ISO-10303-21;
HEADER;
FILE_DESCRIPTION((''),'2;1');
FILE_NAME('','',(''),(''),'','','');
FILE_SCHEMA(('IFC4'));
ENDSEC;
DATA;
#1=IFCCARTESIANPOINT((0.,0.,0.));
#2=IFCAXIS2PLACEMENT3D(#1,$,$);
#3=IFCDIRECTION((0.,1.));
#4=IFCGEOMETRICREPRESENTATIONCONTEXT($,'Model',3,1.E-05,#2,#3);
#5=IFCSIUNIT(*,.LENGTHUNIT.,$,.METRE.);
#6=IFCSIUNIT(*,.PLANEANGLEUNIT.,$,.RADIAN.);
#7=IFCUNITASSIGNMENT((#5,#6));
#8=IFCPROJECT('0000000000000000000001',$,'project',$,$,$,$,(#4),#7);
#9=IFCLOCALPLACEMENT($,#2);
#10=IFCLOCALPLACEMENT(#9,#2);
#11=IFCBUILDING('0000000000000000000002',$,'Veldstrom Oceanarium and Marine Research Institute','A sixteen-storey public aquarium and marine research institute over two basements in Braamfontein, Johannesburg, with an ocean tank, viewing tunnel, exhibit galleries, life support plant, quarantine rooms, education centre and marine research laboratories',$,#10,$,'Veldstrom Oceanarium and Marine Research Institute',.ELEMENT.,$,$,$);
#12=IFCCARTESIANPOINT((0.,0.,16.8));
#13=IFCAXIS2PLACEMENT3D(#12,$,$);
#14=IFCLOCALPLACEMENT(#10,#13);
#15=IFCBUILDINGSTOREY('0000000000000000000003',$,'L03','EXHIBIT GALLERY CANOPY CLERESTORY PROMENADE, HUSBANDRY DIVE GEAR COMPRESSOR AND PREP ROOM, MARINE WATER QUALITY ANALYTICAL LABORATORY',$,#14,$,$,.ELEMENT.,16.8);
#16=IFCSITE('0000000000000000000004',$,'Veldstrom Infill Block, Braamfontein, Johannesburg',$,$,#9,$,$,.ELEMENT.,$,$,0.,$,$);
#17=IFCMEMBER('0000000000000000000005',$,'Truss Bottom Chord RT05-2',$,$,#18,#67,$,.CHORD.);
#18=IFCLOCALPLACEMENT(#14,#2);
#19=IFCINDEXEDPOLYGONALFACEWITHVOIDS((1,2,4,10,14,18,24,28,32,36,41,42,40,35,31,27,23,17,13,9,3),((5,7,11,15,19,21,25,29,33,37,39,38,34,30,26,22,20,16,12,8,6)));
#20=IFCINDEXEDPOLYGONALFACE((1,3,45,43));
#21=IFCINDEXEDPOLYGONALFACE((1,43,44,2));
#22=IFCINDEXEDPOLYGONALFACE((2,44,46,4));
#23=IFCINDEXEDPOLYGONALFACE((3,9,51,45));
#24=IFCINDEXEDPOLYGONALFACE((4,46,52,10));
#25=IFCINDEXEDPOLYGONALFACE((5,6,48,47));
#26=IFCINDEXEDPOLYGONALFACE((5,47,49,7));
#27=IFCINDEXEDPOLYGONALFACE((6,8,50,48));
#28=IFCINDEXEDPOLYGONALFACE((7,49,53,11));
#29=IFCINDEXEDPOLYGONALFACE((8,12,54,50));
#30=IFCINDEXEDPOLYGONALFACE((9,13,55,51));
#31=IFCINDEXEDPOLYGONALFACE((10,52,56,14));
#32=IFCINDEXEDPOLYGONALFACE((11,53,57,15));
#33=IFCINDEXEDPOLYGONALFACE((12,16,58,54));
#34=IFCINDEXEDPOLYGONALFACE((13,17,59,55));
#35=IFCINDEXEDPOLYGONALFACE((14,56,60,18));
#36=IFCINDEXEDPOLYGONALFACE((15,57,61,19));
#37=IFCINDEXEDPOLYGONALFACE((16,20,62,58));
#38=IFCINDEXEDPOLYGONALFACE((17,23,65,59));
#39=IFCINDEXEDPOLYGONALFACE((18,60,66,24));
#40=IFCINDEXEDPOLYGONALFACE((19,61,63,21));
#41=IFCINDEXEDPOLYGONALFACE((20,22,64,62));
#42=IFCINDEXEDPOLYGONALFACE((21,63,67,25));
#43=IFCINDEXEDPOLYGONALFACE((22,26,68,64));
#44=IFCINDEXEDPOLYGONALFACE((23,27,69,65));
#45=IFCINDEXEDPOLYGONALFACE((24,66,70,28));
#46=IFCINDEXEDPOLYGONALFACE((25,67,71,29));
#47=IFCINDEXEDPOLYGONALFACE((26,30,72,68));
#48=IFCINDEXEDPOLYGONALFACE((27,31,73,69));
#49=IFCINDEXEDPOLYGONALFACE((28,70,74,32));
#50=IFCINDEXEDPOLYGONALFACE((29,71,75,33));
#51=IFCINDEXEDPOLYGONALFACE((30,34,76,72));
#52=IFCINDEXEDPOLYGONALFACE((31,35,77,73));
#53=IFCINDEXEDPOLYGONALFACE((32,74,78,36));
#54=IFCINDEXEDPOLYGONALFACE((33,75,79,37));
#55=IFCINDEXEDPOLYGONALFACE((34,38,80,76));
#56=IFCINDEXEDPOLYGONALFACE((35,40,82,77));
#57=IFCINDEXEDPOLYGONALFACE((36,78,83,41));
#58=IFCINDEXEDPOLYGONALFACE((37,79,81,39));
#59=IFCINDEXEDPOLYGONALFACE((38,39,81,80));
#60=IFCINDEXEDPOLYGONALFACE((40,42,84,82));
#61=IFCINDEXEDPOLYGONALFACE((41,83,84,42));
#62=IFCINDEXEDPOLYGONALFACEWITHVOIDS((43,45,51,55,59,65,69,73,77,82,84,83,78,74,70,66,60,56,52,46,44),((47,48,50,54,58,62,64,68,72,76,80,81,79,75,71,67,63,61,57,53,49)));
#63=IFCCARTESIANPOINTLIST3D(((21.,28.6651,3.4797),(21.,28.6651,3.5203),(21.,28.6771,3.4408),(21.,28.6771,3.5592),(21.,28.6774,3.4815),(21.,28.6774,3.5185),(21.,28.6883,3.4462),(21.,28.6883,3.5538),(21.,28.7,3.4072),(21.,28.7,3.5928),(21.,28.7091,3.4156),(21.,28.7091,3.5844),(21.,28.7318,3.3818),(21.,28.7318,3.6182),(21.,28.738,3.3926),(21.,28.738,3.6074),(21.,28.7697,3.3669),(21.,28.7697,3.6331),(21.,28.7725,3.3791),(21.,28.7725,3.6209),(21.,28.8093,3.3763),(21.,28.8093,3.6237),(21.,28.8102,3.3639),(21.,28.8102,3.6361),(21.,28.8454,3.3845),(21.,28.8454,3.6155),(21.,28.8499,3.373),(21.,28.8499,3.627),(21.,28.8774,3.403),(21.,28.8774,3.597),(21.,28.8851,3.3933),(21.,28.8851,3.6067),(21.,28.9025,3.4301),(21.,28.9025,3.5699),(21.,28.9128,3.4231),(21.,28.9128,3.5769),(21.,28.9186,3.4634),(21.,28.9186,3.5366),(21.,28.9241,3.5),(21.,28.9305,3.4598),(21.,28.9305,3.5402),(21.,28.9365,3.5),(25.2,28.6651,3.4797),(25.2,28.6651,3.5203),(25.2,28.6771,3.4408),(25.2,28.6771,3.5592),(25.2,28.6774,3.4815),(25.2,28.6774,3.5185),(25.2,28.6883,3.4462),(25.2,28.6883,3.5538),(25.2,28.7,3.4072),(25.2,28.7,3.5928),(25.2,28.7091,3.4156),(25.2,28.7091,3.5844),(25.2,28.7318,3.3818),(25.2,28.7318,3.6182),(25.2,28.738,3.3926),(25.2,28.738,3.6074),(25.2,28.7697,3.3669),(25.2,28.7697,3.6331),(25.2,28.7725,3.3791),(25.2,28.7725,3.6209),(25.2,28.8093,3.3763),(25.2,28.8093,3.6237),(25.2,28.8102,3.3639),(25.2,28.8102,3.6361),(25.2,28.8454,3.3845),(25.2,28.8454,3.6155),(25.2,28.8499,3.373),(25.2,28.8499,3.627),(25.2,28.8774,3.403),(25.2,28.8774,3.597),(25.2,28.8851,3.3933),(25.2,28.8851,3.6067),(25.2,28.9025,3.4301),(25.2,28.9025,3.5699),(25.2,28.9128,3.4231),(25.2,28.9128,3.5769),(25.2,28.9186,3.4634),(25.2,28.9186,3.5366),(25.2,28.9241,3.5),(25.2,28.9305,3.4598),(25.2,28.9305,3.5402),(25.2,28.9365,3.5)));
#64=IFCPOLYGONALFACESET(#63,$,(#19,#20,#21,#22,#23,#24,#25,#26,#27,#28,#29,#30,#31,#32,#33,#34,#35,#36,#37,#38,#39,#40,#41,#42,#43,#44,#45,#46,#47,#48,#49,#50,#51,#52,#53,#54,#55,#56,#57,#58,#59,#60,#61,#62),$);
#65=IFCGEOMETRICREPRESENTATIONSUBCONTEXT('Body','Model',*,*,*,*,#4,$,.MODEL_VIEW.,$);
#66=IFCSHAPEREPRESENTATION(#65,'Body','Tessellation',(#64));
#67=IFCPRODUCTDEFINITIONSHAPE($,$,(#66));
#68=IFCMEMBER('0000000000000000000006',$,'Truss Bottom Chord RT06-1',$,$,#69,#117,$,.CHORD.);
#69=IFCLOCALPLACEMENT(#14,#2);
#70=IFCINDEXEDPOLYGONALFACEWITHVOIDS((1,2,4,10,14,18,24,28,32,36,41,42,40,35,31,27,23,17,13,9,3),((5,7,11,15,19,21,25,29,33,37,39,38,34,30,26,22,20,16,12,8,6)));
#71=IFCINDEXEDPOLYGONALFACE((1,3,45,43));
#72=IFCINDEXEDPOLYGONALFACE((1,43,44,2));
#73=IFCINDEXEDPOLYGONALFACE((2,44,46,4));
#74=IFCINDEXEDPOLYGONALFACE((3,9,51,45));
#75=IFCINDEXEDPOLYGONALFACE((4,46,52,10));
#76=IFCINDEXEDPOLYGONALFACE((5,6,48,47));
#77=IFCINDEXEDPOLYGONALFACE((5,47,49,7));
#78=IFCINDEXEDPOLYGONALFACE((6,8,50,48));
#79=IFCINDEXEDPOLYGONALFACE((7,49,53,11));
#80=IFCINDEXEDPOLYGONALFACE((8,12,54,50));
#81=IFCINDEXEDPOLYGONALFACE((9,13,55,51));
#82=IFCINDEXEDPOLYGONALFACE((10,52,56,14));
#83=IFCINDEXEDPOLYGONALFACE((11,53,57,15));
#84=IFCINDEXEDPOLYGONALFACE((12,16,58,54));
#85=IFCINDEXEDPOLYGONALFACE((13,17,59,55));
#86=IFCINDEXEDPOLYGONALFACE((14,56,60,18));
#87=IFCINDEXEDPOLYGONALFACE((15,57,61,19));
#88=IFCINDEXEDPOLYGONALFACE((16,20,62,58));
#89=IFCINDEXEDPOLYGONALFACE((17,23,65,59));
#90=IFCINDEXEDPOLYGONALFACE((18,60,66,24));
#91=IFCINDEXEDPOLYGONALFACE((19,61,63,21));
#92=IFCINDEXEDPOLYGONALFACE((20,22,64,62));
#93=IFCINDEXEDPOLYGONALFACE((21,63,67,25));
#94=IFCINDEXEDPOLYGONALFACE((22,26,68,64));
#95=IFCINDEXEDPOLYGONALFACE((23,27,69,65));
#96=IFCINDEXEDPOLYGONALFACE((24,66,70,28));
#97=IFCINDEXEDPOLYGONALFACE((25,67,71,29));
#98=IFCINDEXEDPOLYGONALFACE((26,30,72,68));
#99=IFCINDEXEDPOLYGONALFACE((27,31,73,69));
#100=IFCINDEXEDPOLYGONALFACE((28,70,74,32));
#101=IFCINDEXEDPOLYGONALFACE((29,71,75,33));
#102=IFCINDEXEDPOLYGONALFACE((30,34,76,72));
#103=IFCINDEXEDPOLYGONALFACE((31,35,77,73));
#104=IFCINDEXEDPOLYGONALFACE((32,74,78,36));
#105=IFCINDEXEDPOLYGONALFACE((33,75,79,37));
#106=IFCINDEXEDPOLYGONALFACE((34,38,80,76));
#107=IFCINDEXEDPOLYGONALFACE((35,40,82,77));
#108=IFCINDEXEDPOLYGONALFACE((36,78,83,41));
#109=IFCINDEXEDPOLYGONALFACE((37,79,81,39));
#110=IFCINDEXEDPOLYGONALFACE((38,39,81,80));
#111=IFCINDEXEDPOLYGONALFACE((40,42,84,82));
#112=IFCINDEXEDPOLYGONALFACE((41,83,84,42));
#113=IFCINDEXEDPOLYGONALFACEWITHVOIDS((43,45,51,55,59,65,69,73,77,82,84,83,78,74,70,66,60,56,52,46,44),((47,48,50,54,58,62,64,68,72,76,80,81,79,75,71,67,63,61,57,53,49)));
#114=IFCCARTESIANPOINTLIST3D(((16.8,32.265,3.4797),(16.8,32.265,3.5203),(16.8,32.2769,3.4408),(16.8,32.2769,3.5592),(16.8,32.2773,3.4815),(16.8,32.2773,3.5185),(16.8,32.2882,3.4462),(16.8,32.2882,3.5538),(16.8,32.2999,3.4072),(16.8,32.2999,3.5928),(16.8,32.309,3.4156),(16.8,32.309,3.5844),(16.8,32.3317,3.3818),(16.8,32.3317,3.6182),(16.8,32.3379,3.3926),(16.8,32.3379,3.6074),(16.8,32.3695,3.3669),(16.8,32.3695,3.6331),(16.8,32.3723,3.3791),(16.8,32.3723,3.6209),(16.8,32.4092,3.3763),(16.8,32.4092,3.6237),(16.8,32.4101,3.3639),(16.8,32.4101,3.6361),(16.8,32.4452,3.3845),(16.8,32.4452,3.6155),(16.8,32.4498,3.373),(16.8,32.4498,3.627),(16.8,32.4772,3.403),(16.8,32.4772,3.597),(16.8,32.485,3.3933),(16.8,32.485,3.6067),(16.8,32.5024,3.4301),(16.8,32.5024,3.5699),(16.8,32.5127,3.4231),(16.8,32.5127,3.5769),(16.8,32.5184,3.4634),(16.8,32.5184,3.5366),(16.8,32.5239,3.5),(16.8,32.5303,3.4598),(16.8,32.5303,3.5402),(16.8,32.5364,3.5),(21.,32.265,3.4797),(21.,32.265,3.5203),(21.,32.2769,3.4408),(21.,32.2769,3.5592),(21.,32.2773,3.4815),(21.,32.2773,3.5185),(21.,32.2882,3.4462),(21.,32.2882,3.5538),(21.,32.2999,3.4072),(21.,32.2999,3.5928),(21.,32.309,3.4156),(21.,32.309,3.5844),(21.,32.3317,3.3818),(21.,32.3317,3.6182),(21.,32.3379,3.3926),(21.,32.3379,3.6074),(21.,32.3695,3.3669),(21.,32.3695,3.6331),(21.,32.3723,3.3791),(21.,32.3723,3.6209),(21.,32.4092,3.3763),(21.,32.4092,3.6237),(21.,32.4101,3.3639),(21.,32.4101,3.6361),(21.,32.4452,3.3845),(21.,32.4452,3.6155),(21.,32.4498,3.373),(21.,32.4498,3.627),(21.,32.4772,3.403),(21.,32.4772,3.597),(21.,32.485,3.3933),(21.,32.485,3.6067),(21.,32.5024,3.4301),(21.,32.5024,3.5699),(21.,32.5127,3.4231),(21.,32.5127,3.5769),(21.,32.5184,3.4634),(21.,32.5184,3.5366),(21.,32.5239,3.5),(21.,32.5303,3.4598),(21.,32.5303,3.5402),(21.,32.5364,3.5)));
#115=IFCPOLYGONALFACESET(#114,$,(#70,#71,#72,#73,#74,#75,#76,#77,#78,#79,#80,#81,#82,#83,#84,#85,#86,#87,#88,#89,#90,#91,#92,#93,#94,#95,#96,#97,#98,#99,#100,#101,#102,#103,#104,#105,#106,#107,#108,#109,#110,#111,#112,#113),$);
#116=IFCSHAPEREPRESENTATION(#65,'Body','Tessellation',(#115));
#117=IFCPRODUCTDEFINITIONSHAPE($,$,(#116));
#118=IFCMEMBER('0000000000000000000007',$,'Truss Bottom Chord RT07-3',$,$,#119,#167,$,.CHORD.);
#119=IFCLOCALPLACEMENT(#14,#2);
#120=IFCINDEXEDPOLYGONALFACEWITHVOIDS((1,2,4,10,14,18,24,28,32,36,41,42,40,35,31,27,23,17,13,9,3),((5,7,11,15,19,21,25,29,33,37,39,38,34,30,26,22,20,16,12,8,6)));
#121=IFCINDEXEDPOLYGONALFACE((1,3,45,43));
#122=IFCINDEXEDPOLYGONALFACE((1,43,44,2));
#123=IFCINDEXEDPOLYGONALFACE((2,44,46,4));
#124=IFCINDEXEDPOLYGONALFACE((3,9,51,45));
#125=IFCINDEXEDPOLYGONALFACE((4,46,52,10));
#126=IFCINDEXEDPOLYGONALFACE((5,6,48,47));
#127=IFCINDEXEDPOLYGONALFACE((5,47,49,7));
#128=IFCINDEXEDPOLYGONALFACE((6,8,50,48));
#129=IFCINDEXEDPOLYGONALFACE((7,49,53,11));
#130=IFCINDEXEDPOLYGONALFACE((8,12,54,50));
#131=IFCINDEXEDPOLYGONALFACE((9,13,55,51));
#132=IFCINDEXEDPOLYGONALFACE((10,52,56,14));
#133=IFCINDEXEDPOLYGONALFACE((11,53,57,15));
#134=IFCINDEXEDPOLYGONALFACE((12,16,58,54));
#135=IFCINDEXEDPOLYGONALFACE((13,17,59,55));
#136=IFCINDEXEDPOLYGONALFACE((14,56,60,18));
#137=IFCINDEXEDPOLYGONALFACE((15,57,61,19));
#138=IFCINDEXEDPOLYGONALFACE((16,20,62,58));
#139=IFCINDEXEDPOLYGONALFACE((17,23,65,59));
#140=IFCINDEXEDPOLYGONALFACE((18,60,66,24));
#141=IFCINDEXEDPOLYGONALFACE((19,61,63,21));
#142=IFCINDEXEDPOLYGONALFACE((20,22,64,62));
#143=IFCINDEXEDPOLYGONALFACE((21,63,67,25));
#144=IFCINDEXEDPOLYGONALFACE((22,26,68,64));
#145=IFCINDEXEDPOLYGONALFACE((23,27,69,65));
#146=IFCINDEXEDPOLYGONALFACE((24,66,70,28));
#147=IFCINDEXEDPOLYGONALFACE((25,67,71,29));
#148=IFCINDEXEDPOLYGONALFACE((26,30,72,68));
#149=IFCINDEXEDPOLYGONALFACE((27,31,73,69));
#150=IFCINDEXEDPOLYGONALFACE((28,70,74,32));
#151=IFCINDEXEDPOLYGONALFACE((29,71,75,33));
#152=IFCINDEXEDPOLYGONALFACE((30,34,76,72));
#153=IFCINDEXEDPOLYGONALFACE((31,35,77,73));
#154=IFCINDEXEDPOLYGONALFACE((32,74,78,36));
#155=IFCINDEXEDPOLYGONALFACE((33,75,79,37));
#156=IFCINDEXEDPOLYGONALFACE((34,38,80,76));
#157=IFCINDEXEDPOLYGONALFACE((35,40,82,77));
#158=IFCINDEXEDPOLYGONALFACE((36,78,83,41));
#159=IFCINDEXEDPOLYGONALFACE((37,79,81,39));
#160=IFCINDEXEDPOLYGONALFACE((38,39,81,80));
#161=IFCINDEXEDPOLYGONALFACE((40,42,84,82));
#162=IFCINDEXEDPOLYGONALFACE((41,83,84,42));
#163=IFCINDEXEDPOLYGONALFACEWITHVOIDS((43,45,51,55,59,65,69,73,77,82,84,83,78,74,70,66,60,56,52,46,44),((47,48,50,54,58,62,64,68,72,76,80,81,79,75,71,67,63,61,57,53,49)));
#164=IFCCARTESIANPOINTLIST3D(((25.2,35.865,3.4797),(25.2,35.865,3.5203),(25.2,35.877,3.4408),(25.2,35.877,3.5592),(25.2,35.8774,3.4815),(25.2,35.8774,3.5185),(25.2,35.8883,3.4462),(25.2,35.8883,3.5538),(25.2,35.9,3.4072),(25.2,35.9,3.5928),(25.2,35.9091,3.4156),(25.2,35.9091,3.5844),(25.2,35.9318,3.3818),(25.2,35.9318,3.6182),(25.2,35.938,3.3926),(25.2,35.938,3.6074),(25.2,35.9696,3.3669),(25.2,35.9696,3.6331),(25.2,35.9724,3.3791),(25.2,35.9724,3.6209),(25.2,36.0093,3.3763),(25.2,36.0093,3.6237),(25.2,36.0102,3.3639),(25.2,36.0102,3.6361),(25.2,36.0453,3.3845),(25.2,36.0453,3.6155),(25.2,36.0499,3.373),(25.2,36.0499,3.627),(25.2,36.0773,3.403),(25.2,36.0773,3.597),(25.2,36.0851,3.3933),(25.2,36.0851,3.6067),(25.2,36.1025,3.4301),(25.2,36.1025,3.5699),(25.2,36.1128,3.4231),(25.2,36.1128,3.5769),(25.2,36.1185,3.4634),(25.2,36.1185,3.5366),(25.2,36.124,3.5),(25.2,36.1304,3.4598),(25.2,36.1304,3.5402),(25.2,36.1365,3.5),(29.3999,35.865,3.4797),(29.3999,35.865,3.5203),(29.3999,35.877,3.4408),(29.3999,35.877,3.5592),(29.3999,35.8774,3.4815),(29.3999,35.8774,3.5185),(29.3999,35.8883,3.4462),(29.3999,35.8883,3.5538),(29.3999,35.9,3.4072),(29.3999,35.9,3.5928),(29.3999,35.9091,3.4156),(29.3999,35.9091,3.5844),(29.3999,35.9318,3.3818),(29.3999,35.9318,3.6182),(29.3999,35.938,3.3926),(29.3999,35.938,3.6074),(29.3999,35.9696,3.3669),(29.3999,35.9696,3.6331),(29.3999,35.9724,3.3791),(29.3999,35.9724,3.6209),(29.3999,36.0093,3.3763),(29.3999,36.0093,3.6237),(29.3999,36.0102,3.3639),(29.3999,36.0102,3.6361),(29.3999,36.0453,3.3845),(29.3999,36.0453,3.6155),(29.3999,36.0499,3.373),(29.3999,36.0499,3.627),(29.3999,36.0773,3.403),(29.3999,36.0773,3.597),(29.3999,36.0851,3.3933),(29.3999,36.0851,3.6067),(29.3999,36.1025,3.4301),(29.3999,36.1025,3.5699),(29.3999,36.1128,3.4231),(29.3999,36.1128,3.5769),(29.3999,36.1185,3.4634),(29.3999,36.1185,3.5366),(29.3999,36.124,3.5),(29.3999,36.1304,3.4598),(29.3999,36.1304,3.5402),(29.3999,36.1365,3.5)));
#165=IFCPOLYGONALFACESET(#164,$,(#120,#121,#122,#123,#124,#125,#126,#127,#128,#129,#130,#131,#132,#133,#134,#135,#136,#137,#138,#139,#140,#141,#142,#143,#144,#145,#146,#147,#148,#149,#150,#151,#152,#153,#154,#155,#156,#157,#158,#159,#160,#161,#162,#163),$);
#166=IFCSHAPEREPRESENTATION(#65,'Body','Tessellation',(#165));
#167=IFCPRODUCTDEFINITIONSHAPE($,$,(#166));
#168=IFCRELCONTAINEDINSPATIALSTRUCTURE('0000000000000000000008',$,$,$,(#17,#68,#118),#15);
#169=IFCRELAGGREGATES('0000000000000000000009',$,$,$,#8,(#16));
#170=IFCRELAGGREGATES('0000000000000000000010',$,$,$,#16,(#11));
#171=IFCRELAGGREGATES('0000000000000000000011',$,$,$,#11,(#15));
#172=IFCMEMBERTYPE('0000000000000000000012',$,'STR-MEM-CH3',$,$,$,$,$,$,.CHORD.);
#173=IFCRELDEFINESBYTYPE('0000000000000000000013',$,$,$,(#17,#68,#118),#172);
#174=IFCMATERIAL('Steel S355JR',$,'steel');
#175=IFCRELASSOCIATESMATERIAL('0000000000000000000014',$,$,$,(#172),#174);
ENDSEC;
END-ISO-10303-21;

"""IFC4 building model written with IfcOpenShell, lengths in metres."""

from ifc_helpers import new_model, si_unit, direction, frame, origin, origin_2d, place, context, subcontext, project, spatial, hollow_circle, extrude, material, material_profile, profile_set, type_object, element, save


model = new_model("IFC4")

# Units and contexts
model_context = context("Model", 3, precision=1e-05, world=origin(), true_north=direction((0.0, 1.0)))
body_context = subcontext(model_context, "Body", "Model", "MODEL_VIEW")
ifc_project = project(units=[si_unit("LENGTHUNIT", "METRE"), si_unit("PLANEANGLEUNIT", "RADIAN")], contexts=[model_context])

# Site, building, storey
site_placement = place(None, origin())
site = spatial("IfcSite", under=ifc_project, at=site_placement, Name="Veldstrom Infill Block, Braamfontein, Johannesburg", CompositionType="ELEMENT", RefElevation=0.0)
building_placement = place(site_placement, origin())
building = spatial("IfcBuilding", under=site, at=building_placement, Name="Veldstrom Oceanarium and Marine Research Institute", Description="A sixteen-storey public aquarium and marine research institute over two basements in Braamfontein, Johannesburg, with an ocean tank, viewing tunnel, exhibit galleries, life support plant, quarantine rooms, education centre and marine research laboratories", LongName="Veldstrom Oceanarium and Marine Research Institute", CompositionType="ELEMENT")
storey_placement = place(building_placement, frame((0.0, 0.0, 16.8)))
storey = spatial("IfcBuildingStorey", under=building, at=storey_placement, Name="L03", Description="EXHIBIT GALLERY CANOPY CLERESTORY PROMENADE, HUSBANDRY DIVE GEAR COMPRESSOR AND PREP ROOM, MARINE WATER QUALITY ANALYTICAL LABORATORY", CompositionType="ELEMENT", Elevation=16.8)

# Members
ifc_material_1 = material(Name="Steel S355JR", Category="steel")
ifc_material_profile_1 = material_profile(ifc_material_1, hollow_circle(Radius=0.1365, WallThickness=0.0125, at=origin_2d()), Name="CHS 273x12.5")
ifc_profile_set_1 = profile_set([ifc_material_profile_1], Name="Steel S355JR")
member_type_1 = type_object("IfcMemberType", Name="STR-MEM-CH3", PredefinedType="CHORD", material=ifc_profile_set_1)
for number, where, z_axis, x_axis, name in (
    (1, (21.0, 28.8, 3.5), (1.0, 0.0, 0.0), (0.0, 1.0, 0.0), "Truss Bottom Chord RT05-2"),
    (2, (16.8, 32.3999, 3.5), (1.0, 0.0, 0.0), (0.0, 1.0, 0.0), "Truss Bottom Chord RT06-1"),
    (3, (25.2, 36.0, 3.5), (1.0, 0.0, 0.0), (0.0, 1.0, 0.0), "Truss Bottom Chord RT07-3"),
):
    element("IfcMember", number, at=place(storey_placement, frame(where, z_axis=z_axis, x_axis=x_axis)), inside=storey, type_object=member_type_1, Name=name, PredefinedType="CHORD", context=body_context, shape_type="SweptSolid", body=[
        extrude(hollow_circle(Radius=0.1365, WallThickness=0.0125, at=origin_2d()), origin(), (0.0, 0.0, 1.0), 4.2),
    ])

save(model, "model.ifc")
